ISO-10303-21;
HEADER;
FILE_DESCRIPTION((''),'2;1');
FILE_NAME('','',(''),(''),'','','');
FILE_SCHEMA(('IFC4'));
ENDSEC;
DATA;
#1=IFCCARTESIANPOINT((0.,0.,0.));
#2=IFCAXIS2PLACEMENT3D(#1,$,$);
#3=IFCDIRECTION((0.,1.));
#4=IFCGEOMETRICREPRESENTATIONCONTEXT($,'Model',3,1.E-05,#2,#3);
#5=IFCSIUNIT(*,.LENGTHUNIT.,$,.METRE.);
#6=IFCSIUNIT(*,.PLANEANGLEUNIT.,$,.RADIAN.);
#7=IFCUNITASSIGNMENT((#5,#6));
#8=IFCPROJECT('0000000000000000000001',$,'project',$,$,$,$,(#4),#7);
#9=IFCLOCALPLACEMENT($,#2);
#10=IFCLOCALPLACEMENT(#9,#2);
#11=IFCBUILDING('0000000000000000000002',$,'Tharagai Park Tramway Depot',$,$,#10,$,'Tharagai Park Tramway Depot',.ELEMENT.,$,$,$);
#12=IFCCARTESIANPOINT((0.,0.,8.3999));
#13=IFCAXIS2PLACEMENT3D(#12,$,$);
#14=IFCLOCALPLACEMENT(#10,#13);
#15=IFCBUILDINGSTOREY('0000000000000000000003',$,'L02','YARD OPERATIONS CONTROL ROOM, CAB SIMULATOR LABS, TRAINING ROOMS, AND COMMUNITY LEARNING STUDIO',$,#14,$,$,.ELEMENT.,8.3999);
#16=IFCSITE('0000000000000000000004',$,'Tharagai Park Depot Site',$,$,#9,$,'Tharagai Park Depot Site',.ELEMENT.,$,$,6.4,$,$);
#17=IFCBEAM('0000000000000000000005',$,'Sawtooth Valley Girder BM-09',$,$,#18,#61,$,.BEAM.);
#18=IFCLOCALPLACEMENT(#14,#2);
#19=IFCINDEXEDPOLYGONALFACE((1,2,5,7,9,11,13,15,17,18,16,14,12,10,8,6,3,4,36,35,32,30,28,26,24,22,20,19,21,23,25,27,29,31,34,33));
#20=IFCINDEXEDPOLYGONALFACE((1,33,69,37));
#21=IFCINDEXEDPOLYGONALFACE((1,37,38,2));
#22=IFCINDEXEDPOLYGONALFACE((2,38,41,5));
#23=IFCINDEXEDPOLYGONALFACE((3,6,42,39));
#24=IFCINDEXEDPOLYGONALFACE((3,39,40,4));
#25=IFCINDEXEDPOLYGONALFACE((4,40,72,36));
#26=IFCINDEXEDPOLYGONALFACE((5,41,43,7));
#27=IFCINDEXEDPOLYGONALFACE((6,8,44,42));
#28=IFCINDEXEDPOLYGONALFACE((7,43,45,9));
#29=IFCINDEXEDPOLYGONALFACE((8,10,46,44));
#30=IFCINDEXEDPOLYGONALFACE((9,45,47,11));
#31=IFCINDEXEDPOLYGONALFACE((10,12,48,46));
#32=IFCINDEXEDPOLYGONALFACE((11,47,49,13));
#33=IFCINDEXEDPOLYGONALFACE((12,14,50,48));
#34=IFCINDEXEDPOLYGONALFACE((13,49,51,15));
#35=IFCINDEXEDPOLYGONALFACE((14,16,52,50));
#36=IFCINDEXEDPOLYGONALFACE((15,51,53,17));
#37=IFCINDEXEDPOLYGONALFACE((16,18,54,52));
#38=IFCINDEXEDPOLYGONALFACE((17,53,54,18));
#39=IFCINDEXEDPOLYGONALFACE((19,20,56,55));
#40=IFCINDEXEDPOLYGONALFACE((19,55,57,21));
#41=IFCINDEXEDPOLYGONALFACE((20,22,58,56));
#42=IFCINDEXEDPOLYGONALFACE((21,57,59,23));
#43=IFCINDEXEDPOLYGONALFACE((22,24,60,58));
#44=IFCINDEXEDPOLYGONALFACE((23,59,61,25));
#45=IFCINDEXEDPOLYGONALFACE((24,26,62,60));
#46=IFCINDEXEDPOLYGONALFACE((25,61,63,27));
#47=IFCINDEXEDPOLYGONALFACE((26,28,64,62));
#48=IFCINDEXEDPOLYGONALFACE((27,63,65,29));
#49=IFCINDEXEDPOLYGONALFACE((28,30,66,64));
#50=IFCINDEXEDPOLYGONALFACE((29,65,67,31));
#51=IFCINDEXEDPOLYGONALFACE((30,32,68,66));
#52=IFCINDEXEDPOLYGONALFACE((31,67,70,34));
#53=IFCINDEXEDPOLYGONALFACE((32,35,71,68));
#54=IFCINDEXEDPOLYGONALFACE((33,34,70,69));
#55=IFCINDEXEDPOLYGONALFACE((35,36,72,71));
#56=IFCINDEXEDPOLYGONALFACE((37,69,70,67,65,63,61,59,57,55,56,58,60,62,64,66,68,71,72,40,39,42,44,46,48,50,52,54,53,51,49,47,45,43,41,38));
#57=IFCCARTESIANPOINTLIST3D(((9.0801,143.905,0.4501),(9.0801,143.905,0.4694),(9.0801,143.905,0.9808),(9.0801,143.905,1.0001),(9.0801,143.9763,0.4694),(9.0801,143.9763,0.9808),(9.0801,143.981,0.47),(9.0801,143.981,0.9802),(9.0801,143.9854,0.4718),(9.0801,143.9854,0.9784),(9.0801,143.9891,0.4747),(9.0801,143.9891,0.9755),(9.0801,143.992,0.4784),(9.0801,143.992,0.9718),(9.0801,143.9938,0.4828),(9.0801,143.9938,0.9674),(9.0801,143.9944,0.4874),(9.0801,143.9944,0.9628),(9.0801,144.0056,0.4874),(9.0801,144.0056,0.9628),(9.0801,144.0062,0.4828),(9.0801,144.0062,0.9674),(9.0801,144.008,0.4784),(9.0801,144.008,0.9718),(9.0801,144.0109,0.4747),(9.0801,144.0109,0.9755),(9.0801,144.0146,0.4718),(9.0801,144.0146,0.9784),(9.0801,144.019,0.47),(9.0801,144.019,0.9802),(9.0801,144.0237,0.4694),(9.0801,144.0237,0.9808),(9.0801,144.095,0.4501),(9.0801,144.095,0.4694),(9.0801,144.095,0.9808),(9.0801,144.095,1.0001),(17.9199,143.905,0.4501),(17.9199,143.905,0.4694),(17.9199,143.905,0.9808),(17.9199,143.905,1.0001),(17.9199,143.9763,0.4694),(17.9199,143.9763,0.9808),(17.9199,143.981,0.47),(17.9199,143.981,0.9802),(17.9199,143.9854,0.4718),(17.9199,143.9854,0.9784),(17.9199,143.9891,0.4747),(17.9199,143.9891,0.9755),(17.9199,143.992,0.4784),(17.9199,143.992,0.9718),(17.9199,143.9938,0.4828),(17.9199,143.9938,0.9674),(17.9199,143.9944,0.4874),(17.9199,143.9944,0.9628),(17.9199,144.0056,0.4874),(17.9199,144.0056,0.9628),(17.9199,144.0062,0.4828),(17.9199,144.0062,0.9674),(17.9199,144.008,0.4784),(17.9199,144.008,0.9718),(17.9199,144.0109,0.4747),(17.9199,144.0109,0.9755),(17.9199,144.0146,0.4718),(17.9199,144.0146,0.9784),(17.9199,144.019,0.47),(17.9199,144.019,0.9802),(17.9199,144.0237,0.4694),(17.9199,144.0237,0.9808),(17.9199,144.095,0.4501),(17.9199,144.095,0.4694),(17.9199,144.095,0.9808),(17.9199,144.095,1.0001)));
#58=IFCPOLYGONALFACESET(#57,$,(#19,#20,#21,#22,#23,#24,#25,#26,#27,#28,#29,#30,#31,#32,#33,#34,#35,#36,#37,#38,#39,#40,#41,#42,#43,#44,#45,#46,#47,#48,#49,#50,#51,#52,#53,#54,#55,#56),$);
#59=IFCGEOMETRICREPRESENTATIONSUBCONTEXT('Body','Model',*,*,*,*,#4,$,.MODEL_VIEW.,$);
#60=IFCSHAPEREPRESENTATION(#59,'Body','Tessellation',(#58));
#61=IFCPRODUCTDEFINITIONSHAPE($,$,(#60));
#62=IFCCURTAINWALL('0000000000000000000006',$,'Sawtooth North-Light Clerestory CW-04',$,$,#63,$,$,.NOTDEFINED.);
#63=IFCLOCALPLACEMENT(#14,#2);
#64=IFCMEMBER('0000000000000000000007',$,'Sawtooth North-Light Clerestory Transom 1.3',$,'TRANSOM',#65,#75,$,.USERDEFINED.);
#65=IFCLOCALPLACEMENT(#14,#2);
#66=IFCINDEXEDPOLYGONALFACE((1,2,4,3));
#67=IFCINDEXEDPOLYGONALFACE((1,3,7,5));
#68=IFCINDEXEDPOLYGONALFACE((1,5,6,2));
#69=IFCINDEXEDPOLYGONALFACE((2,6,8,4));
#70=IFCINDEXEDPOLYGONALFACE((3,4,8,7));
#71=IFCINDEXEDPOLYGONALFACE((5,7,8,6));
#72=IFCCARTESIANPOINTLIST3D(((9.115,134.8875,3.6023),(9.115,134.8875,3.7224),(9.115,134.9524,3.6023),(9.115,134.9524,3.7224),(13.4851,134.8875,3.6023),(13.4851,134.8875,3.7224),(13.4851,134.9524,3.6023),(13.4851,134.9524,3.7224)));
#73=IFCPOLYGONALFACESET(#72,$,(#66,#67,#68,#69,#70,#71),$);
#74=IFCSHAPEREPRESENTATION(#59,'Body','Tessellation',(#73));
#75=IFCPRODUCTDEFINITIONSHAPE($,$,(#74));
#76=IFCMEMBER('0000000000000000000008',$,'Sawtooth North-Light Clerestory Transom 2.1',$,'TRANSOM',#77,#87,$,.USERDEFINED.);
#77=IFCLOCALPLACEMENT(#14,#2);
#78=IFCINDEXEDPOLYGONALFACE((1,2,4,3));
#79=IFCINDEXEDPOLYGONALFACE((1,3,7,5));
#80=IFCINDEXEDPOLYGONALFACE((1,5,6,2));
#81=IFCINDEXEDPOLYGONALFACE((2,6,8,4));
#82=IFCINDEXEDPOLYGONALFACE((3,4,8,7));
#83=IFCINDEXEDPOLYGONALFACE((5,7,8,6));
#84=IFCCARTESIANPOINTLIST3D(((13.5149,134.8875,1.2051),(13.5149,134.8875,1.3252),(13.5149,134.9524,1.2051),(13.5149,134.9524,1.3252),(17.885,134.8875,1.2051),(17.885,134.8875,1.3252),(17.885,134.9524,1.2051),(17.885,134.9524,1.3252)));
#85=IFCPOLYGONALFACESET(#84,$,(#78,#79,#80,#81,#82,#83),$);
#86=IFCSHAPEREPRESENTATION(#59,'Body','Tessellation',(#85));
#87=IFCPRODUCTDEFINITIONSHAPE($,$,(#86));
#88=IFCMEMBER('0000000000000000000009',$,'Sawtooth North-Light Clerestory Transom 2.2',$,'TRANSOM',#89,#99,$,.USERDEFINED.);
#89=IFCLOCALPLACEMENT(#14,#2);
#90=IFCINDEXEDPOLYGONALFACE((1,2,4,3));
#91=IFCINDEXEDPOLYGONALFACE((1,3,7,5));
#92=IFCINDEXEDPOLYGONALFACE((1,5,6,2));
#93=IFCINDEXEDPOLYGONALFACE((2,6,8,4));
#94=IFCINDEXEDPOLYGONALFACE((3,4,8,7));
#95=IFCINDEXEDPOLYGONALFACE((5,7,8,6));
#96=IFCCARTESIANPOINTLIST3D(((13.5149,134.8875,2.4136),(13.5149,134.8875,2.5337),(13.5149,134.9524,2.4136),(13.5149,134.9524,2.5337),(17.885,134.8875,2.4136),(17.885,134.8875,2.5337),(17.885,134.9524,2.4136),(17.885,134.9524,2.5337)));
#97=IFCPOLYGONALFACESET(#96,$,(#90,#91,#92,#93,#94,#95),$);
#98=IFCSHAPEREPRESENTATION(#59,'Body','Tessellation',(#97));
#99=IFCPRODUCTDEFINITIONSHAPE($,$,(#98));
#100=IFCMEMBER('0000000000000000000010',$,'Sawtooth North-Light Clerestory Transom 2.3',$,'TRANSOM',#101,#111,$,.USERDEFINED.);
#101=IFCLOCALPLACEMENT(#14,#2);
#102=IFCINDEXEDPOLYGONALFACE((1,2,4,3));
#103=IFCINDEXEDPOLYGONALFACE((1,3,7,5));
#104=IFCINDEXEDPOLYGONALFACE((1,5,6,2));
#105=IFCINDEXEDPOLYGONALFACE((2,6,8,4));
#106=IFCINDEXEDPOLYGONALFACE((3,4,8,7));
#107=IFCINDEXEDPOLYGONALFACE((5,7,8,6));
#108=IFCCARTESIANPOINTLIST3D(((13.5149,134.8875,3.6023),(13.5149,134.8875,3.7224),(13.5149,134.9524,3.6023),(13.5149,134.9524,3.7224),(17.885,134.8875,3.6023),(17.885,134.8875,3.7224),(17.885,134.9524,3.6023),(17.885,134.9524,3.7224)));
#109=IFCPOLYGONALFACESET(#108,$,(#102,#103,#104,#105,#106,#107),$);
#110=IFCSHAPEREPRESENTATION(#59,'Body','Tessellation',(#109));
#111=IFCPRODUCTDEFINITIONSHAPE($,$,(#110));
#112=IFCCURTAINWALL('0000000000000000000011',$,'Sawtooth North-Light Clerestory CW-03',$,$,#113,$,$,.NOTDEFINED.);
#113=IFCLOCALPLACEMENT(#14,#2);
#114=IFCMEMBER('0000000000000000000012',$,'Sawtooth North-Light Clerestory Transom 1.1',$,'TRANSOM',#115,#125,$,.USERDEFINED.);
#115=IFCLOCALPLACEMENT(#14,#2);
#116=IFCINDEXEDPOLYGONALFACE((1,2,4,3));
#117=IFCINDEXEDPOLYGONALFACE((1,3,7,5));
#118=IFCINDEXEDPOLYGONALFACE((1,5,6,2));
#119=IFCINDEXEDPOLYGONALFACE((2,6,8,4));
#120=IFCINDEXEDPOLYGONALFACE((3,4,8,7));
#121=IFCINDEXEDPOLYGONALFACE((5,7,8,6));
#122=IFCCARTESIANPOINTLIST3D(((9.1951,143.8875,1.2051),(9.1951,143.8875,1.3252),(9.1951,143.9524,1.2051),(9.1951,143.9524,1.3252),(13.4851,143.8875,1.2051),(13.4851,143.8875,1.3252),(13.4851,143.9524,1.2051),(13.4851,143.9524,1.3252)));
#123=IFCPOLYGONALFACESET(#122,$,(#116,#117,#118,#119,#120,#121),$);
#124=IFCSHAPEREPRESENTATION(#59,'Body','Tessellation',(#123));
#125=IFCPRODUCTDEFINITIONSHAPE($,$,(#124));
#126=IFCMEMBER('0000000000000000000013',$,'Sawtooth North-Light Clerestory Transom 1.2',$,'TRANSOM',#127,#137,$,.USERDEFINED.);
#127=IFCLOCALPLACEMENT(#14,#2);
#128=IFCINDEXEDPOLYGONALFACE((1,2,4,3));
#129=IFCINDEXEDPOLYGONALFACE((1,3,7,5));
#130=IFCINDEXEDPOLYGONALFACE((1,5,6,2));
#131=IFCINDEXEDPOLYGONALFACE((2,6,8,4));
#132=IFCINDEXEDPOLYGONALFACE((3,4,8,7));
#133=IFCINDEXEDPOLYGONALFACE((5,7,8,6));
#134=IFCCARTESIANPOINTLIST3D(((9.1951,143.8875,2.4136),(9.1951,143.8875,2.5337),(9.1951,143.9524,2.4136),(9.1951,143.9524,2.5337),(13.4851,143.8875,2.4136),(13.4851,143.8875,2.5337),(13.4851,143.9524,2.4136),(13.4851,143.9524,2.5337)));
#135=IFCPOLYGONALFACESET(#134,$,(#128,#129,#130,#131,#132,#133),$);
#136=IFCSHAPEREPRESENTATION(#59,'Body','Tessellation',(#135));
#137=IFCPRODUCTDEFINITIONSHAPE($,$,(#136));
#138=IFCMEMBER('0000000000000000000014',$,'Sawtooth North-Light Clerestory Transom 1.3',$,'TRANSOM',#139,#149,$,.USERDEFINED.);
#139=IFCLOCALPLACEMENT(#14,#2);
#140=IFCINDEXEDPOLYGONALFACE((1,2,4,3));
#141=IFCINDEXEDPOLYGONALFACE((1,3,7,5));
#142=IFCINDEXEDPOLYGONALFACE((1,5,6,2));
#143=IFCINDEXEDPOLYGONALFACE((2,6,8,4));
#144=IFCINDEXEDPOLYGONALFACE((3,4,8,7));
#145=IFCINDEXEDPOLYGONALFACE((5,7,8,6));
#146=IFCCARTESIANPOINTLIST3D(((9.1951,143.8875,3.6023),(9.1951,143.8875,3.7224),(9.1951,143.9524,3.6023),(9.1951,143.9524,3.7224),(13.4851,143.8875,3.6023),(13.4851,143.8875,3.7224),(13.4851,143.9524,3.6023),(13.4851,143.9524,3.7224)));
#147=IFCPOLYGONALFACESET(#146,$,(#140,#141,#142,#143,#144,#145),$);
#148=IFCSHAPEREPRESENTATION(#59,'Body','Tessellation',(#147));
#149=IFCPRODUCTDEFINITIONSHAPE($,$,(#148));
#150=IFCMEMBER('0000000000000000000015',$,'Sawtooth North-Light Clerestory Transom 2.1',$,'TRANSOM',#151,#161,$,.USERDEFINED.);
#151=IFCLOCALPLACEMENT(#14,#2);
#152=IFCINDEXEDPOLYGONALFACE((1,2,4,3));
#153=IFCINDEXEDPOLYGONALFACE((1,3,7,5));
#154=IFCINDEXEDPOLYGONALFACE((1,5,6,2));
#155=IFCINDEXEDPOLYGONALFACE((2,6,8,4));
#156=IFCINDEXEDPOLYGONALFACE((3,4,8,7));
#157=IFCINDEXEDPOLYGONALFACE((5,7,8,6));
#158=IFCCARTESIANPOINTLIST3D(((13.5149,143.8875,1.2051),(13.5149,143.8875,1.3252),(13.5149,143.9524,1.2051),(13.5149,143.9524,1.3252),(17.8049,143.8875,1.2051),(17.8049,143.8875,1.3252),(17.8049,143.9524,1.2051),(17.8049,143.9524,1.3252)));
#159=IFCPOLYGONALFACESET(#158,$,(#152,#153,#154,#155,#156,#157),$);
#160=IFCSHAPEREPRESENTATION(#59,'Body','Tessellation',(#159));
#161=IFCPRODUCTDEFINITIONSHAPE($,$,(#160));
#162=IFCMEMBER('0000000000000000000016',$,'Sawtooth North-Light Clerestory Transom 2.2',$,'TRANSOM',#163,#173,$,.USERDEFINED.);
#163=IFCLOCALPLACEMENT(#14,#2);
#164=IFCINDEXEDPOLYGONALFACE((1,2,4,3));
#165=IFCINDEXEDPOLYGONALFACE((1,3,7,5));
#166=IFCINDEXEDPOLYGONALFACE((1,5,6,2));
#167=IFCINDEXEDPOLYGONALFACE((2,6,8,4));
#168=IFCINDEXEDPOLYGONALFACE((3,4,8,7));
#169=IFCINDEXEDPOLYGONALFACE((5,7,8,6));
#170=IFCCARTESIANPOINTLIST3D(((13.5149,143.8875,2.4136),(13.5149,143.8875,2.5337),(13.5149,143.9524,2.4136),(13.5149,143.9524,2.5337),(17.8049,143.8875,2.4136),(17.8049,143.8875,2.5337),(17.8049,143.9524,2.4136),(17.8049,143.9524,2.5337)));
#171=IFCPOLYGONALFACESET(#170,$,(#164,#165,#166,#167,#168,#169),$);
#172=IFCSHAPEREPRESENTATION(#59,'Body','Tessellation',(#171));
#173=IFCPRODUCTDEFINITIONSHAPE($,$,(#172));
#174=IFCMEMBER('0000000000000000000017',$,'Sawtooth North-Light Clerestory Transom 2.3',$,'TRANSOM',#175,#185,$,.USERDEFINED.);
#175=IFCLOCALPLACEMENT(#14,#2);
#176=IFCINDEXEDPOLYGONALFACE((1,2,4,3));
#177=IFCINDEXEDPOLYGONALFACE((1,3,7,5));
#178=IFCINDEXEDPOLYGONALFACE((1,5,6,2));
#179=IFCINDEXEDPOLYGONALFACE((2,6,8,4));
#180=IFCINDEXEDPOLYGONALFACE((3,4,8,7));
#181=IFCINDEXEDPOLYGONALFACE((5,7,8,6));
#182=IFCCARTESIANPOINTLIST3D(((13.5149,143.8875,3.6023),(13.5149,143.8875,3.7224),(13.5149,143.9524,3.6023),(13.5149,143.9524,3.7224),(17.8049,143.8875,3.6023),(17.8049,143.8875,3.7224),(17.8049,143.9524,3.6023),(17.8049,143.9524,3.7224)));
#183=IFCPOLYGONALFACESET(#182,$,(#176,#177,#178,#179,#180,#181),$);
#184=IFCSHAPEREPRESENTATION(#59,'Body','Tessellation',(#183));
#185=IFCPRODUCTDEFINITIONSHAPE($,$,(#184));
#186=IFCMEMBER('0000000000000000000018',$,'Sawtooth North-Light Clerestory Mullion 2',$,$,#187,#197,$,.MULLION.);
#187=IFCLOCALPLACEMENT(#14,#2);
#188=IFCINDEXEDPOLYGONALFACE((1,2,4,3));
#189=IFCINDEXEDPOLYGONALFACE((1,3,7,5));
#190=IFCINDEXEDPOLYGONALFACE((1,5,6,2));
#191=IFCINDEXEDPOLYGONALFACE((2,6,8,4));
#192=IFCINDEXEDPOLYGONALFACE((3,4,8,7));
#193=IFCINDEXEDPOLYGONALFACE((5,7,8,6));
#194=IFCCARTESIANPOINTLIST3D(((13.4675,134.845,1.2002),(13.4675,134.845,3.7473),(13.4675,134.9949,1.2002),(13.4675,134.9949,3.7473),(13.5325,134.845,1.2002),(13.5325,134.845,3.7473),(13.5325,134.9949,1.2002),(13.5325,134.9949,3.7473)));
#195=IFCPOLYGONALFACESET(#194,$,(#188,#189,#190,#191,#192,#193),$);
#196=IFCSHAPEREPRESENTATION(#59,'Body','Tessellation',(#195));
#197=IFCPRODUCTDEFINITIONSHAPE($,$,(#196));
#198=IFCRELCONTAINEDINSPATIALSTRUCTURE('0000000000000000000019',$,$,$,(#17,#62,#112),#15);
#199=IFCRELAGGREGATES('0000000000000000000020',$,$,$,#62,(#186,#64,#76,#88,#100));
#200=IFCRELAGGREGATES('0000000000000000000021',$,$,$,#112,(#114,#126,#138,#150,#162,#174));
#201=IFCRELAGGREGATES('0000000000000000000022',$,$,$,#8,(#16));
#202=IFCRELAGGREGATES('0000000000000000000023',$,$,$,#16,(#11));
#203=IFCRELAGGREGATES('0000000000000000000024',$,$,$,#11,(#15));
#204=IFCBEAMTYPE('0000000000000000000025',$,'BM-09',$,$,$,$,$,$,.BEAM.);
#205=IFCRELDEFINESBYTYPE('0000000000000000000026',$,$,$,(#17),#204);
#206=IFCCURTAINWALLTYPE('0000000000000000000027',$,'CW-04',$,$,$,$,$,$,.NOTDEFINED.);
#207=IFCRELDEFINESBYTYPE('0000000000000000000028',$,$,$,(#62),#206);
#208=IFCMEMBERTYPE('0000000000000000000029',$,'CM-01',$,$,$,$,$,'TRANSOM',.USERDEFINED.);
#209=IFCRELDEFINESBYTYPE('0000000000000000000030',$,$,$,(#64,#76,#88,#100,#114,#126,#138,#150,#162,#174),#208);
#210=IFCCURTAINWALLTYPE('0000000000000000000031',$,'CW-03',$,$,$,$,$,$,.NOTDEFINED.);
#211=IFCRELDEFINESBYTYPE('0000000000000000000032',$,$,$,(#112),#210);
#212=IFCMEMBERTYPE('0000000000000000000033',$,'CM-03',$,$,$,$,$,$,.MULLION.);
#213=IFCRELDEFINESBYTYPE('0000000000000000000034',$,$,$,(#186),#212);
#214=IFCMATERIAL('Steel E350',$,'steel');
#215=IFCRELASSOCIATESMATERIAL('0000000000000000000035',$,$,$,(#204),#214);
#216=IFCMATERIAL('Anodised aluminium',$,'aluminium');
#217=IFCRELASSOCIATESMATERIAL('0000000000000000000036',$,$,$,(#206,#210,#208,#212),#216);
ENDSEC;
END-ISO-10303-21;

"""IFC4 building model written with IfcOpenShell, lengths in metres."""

from ifc_helpers import new_model, si_unit, direction, frame, origin, origin_2d, place, context, subcontext, project, spatial, rectangle, i_section, extrude, material, material_profile, profile_set, type_object, element, aggregate, save


model = new_model("IFC4")

# Units and contexts
model_context = context("Model", 3, precision=1e-05, world=origin(), true_north=direction((0.0, 1.0)))
body_context = subcontext(model_context, "Body", "Model", "MODEL_VIEW")
ifc_project = project(units=[si_unit("LENGTHUNIT", "METRE"), si_unit("PLANEANGLEUNIT", "RADIAN")], contexts=[model_context])

# Site, building, storey
site_placement = place(None, origin())
site = spatial("IfcSite", under=ifc_project, at=site_placement, Name="Tharagai Park Depot Site", LongName="Tharagai Park Depot Site", CompositionType="ELEMENT", RefElevation=6.4)
building_placement = place(site_placement, origin())
building = spatial("IfcBuilding", under=site, at=building_placement, Name="Tharagai Park Tramway Depot", LongName="Tharagai Park Tramway Depot", CompositionType="ELEMENT")
storey_placement = place(building_placement, frame((0.0, 0.0, 8.3999)))
storey = spatial("IfcBuildingStorey", under=building, at=storey_placement, Name="L02", Description="YARD OPERATIONS CONTROL ROOM, CAB SIMULATOR LABS, TRAINING ROOMS, AND COMMUNITY LEARNING STUDIO", CompositionType="ELEMENT", Elevation=8.3999)

# Beam
ifc_material_1 = material(Name="Steel E350", Category="steel")
ifc_material_profile_1 = material_profile(ifc_material_1, i_section(OverallWidth=0.1899, OverallDepth=0.55, WebThickness=0.0112, FlangeThickness=0.0193, FilletRadius=0.0181, at=origin_2d()), Name="ISMB 550")
ifc_profile_set_1 = profile_set([ifc_material_profile_1], Name="Steel E350")
beam_type = type_object("IfcBeamType", Name="BM-09", PredefinedType="BEAM", material=ifc_profile_set_1)
beam_placement = place(storey_placement, frame((9.0801, 144.0, 0.7251), z_axis=(1.0, 0.0, 0.0), x_axis=(0.0, 1.0, 0.0)))
element("IfcBeam", 1, at=beam_placement, inside=storey, type_object=beam_type, Name="Sawtooth Valley Girder BM-09", PredefinedType="BEAM", context=body_context, shape_type="SweptSolid", body=[
    extrude(i_section(OverallWidth=0.1899, OverallDepth=0.55, WebThickness=0.0112, FlangeThickness=0.0193, FilletRadius=0.0181, at=origin_2d()), origin(), (0.0, 0.0, 1.0), 8.8398),
])

# Curtain walls, members
ifc_material_2 = material(Name="Anodised aluminium", Category="aluminium")
curtain_wall_type_1 = type_object("IfcCurtainWallType", Name="CW-04", PredefinedType="NOTDEFINED", material=ifc_material_2)
curtain_wall_1_placement = place(storey_placement, origin())
curtain_wall_1 = element("IfcCurtainWall", 2, at=curtain_wall_1_placement, inside=storey, type_object=curtain_wall_type_1, Name="Sawtooth North-Light Clerestory CW-04", PredefinedType="NOTDEFINED")
ifc_material_profile_2 = material_profile(ifc_material_2, rectangle(XDim=0.0649, YDim=0.1201, at=origin_2d()), Name="ALU 65x120")
ifc_profile_set_2 = profile_set([ifc_material_profile_2], Name="Anodised aluminium")
member_type_1 = type_object("IfcMemberType", Name="CM-01", ElementType="TRANSOM", PredefinedType="USERDEFINED", material=ifc_profile_set_2)
member_1_placement = place(storey_placement, frame((9.115, 134.9199, 3.6624), z_axis=(1.0, 0.0, 0.0), x_axis=(0.0, 1.0, 0.0)))
member_1 = element("IfcMember", 3, at=member_1_placement, type_object=member_type_1, Name="Sawtooth North-Light Clerestory Transom 1.3", ObjectType="TRANSOM", PredefinedType="USERDEFINED", context=body_context, shape_type="SweptSolid", body=[
    extrude(rectangle(XDim=0.0649, YDim=0.1201, at=origin_2d()), origin(), (0.0, 0.0, 1.0), 4.3701),
])
member_2_placement = place(storey_placement, frame((13.5149, 134.9199, 1.2651), z_axis=(1.0, 0.0, 0.0), x_axis=(0.0, 1.0, 0.0)))
member_2 = element("IfcMember", 4, at=member_2_placement, type_object=member_type_1, Name="Sawtooth North-Light Clerestory Transom 2.1", ObjectType="TRANSOM", PredefinedType="USERDEFINED", context=body_context, shape_type="SweptSolid", body=[
    extrude(rectangle(XDim=0.0649, YDim=0.1201, at=origin_2d()), origin(), (0.0, 0.0, 1.0), 4.3701),
])
member_3_placement = place(storey_placement, frame((13.5149, 134.9199, 2.4736), z_axis=(1.0, 0.0, 0.0), x_axis=(0.0, 1.0, 0.0)))
member_3 = element("IfcMember", 5, at=member_3_placement, type_object=member_type_1, Name="Sawtooth North-Light Clerestory Transom 2.2", ObjectType="TRANSOM", PredefinedType="USERDEFINED", context=body_context, shape_type="SweptSolid", body=[
    extrude(rectangle(XDim=0.0649, YDim=0.1201, at=origin_2d()), origin(), (0.0, 0.0, 1.0), 4.3701),
])
member_4_placement = place(storey_placement, frame((13.5149, 134.9199, 3.6624), z_axis=(1.0, 0.0, 0.0), x_axis=(0.0, 1.0, 0.0)))
member_4 = element("IfcMember", 6, at=member_4_placement, type_object=member_type_1, Name="Sawtooth North-Light Clerestory Transom 2.3", ObjectType="TRANSOM", PredefinedType="USERDEFINED", context=body_context, shape_type="SweptSolid", body=[
    extrude(rectangle(XDim=0.0649, YDim=0.1201, at=origin_2d()), origin(), (0.0, 0.0, 1.0), 4.3701),
])
curtain_wall_type_2 = type_object("IfcCurtainWallType", Name="CW-03", PredefinedType="NOTDEFINED", material=ifc_material_2)
curtain_wall_2_placement = place(storey_placement, origin())
curtain_wall_2 = element("IfcCurtainWall", 7, at=curtain_wall_2_placement, inside=storey, type_object=curtain_wall_type_2, Name="Sawtooth North-Light Clerestory CW-03", PredefinedType="NOTDEFINED")
member_5_placement = place(storey_placement, frame((9.1951, 143.9199, 1.2651), z_axis=(1.0, 0.0, 0.0), x_axis=(0.0, 1.0, 0.0)))
member_5 = element("IfcMember", 8, at=member_5_placement, type_object=member_type_1, Name="Sawtooth North-Light Clerestory Transom 1.1", ObjectType="TRANSOM", PredefinedType="USERDEFINED", context=body_context, shape_type="SweptSolid", body=[
    extrude(rectangle(XDim=0.0649, YDim=0.1201, at=origin_2d()), origin(), (0.0, 0.0, 1.0), 4.29),
])
member_6_placement = place(storey_placement, frame((9.1951, 143.9199, 2.4736), z_axis=(1.0, 0.0, 0.0), x_axis=(0.0, 1.0, 0.0)))
member_6 = element("IfcMember", 9, at=member_6_placement, type_object=member_type_1, Name="Sawtooth North-Light Clerestory Transom 1.2", ObjectType="TRANSOM", PredefinedType="USERDEFINED", context=body_context, shape_type="SweptSolid", body=[
    extrude(rectangle(XDim=0.0649, YDim=0.1201, at=origin_2d()), origin(), (0.0, 0.0, 1.0), 4.29),
])
member_7_placement = place(storey_placement, frame((9.1951, 143.9199, 3.6624), z_axis=(1.0, 0.0, 0.0), x_axis=(0.0, 1.0, 0.0)))
member_7 = element("IfcMember", 10, at=member_7_placement, type_object=member_type_1, Name="Sawtooth North-Light Clerestory Transom 1.3", ObjectType="TRANSOM", PredefinedType="USERDEFINED", context=body_context, shape_type="SweptSolid", body=[
    extrude(rectangle(XDim=0.0649, YDim=0.1201, at=origin_2d()), origin(), (0.0, 0.0, 1.0), 4.29),
])
member_8_placement = place(storey_placement, frame((13.5149, 143.9199, 1.2651), z_axis=(1.0, 0.0, 0.0), x_axis=(0.0, 1.0, 0.0)))
member_8 = element("IfcMember", 11, at=member_8_placement, type_object=member_type_1, Name="Sawtooth North-Light Clerestory Transom 2.1", ObjectType="TRANSOM", PredefinedType="USERDEFINED", context=body_context, shape_type="SweptSolid", body=[
    extrude(rectangle(XDim=0.0649, YDim=0.1201, at=origin_2d()), origin(), (0.0, 0.0, 1.0), 4.29),
])
member_9_placement = place(storey_placement, frame((13.5149, 143.9199, 2.4736), z_axis=(1.0, 0.0, 0.0), x_axis=(0.0, 1.0, 0.0)))
member_9 = element("IfcMember", 12, at=member_9_placement, type_object=member_type_1, Name="Sawtooth North-Light Clerestory Transom 2.2", ObjectType="TRANSOM", PredefinedType="USERDEFINED", context=body_context, shape_type="SweptSolid", body=[
    extrude(rectangle(XDim=0.0649, YDim=0.1201, at=origin_2d()), origin(), (0.0, 0.0, 1.0), 4.29),
])
member_10_placement = place(storey_placement, frame((13.5149, 143.9199, 3.6624), z_axis=(1.0, 0.0, 0.0), x_axis=(0.0, 1.0, 0.0)))
member_10 = element("IfcMember", 13, at=member_10_placement, type_object=member_type_1, Name="Sawtooth North-Light Clerestory Transom 2.3", ObjectType="TRANSOM", PredefinedType="USERDEFINED", context=body_context, shape_type="SweptSolid", body=[
    extrude(rectangle(XDim=0.0649, YDim=0.1201, at=origin_2d()), origin(), (0.0, 0.0, 1.0), 4.29),
])

# Member
ifc_material_profile_3 = material_profile(ifc_material_2, rectangle(XDim=0.0649, YDim=0.1499, at=origin_2d()), Name="ALU 65x150")
ifc_profile_set_3 = profile_set([ifc_material_profile_3], Name="Anodised aluminium")
member_type_2 = type_object("IfcMemberType", Name="CM-03", PredefinedType="MULLION", material=ifc_profile_set_3)
member_11_placement = place(storey_placement, frame((13.5, 134.9199, 1.2002), z_axis=(0.0, 0.0, 1.0), x_axis=(1.0, 0.0, 0.0)))
member_11 = element("IfcMember", 14, at=member_11_placement, type_object=member_type_2, Name="Sawtooth North-Light Clerestory Mullion 2", PredefinedType="MULLION", context=body_context, shape_type="SweptSolid", body=[
    extrude(rectangle(XDim=0.0649, YDim=0.1499, at=origin_2d()), origin(), (0.0, 0.0, 1.0), 2.5471),
])

aggregate(curtain_wall_1, [member_11, member_1, member_2, member_3, member_4])
aggregate(curtain_wall_2, [member_5, member_6, member_7, member_8, member_9, member_10])

save(model, "model.ifc")
